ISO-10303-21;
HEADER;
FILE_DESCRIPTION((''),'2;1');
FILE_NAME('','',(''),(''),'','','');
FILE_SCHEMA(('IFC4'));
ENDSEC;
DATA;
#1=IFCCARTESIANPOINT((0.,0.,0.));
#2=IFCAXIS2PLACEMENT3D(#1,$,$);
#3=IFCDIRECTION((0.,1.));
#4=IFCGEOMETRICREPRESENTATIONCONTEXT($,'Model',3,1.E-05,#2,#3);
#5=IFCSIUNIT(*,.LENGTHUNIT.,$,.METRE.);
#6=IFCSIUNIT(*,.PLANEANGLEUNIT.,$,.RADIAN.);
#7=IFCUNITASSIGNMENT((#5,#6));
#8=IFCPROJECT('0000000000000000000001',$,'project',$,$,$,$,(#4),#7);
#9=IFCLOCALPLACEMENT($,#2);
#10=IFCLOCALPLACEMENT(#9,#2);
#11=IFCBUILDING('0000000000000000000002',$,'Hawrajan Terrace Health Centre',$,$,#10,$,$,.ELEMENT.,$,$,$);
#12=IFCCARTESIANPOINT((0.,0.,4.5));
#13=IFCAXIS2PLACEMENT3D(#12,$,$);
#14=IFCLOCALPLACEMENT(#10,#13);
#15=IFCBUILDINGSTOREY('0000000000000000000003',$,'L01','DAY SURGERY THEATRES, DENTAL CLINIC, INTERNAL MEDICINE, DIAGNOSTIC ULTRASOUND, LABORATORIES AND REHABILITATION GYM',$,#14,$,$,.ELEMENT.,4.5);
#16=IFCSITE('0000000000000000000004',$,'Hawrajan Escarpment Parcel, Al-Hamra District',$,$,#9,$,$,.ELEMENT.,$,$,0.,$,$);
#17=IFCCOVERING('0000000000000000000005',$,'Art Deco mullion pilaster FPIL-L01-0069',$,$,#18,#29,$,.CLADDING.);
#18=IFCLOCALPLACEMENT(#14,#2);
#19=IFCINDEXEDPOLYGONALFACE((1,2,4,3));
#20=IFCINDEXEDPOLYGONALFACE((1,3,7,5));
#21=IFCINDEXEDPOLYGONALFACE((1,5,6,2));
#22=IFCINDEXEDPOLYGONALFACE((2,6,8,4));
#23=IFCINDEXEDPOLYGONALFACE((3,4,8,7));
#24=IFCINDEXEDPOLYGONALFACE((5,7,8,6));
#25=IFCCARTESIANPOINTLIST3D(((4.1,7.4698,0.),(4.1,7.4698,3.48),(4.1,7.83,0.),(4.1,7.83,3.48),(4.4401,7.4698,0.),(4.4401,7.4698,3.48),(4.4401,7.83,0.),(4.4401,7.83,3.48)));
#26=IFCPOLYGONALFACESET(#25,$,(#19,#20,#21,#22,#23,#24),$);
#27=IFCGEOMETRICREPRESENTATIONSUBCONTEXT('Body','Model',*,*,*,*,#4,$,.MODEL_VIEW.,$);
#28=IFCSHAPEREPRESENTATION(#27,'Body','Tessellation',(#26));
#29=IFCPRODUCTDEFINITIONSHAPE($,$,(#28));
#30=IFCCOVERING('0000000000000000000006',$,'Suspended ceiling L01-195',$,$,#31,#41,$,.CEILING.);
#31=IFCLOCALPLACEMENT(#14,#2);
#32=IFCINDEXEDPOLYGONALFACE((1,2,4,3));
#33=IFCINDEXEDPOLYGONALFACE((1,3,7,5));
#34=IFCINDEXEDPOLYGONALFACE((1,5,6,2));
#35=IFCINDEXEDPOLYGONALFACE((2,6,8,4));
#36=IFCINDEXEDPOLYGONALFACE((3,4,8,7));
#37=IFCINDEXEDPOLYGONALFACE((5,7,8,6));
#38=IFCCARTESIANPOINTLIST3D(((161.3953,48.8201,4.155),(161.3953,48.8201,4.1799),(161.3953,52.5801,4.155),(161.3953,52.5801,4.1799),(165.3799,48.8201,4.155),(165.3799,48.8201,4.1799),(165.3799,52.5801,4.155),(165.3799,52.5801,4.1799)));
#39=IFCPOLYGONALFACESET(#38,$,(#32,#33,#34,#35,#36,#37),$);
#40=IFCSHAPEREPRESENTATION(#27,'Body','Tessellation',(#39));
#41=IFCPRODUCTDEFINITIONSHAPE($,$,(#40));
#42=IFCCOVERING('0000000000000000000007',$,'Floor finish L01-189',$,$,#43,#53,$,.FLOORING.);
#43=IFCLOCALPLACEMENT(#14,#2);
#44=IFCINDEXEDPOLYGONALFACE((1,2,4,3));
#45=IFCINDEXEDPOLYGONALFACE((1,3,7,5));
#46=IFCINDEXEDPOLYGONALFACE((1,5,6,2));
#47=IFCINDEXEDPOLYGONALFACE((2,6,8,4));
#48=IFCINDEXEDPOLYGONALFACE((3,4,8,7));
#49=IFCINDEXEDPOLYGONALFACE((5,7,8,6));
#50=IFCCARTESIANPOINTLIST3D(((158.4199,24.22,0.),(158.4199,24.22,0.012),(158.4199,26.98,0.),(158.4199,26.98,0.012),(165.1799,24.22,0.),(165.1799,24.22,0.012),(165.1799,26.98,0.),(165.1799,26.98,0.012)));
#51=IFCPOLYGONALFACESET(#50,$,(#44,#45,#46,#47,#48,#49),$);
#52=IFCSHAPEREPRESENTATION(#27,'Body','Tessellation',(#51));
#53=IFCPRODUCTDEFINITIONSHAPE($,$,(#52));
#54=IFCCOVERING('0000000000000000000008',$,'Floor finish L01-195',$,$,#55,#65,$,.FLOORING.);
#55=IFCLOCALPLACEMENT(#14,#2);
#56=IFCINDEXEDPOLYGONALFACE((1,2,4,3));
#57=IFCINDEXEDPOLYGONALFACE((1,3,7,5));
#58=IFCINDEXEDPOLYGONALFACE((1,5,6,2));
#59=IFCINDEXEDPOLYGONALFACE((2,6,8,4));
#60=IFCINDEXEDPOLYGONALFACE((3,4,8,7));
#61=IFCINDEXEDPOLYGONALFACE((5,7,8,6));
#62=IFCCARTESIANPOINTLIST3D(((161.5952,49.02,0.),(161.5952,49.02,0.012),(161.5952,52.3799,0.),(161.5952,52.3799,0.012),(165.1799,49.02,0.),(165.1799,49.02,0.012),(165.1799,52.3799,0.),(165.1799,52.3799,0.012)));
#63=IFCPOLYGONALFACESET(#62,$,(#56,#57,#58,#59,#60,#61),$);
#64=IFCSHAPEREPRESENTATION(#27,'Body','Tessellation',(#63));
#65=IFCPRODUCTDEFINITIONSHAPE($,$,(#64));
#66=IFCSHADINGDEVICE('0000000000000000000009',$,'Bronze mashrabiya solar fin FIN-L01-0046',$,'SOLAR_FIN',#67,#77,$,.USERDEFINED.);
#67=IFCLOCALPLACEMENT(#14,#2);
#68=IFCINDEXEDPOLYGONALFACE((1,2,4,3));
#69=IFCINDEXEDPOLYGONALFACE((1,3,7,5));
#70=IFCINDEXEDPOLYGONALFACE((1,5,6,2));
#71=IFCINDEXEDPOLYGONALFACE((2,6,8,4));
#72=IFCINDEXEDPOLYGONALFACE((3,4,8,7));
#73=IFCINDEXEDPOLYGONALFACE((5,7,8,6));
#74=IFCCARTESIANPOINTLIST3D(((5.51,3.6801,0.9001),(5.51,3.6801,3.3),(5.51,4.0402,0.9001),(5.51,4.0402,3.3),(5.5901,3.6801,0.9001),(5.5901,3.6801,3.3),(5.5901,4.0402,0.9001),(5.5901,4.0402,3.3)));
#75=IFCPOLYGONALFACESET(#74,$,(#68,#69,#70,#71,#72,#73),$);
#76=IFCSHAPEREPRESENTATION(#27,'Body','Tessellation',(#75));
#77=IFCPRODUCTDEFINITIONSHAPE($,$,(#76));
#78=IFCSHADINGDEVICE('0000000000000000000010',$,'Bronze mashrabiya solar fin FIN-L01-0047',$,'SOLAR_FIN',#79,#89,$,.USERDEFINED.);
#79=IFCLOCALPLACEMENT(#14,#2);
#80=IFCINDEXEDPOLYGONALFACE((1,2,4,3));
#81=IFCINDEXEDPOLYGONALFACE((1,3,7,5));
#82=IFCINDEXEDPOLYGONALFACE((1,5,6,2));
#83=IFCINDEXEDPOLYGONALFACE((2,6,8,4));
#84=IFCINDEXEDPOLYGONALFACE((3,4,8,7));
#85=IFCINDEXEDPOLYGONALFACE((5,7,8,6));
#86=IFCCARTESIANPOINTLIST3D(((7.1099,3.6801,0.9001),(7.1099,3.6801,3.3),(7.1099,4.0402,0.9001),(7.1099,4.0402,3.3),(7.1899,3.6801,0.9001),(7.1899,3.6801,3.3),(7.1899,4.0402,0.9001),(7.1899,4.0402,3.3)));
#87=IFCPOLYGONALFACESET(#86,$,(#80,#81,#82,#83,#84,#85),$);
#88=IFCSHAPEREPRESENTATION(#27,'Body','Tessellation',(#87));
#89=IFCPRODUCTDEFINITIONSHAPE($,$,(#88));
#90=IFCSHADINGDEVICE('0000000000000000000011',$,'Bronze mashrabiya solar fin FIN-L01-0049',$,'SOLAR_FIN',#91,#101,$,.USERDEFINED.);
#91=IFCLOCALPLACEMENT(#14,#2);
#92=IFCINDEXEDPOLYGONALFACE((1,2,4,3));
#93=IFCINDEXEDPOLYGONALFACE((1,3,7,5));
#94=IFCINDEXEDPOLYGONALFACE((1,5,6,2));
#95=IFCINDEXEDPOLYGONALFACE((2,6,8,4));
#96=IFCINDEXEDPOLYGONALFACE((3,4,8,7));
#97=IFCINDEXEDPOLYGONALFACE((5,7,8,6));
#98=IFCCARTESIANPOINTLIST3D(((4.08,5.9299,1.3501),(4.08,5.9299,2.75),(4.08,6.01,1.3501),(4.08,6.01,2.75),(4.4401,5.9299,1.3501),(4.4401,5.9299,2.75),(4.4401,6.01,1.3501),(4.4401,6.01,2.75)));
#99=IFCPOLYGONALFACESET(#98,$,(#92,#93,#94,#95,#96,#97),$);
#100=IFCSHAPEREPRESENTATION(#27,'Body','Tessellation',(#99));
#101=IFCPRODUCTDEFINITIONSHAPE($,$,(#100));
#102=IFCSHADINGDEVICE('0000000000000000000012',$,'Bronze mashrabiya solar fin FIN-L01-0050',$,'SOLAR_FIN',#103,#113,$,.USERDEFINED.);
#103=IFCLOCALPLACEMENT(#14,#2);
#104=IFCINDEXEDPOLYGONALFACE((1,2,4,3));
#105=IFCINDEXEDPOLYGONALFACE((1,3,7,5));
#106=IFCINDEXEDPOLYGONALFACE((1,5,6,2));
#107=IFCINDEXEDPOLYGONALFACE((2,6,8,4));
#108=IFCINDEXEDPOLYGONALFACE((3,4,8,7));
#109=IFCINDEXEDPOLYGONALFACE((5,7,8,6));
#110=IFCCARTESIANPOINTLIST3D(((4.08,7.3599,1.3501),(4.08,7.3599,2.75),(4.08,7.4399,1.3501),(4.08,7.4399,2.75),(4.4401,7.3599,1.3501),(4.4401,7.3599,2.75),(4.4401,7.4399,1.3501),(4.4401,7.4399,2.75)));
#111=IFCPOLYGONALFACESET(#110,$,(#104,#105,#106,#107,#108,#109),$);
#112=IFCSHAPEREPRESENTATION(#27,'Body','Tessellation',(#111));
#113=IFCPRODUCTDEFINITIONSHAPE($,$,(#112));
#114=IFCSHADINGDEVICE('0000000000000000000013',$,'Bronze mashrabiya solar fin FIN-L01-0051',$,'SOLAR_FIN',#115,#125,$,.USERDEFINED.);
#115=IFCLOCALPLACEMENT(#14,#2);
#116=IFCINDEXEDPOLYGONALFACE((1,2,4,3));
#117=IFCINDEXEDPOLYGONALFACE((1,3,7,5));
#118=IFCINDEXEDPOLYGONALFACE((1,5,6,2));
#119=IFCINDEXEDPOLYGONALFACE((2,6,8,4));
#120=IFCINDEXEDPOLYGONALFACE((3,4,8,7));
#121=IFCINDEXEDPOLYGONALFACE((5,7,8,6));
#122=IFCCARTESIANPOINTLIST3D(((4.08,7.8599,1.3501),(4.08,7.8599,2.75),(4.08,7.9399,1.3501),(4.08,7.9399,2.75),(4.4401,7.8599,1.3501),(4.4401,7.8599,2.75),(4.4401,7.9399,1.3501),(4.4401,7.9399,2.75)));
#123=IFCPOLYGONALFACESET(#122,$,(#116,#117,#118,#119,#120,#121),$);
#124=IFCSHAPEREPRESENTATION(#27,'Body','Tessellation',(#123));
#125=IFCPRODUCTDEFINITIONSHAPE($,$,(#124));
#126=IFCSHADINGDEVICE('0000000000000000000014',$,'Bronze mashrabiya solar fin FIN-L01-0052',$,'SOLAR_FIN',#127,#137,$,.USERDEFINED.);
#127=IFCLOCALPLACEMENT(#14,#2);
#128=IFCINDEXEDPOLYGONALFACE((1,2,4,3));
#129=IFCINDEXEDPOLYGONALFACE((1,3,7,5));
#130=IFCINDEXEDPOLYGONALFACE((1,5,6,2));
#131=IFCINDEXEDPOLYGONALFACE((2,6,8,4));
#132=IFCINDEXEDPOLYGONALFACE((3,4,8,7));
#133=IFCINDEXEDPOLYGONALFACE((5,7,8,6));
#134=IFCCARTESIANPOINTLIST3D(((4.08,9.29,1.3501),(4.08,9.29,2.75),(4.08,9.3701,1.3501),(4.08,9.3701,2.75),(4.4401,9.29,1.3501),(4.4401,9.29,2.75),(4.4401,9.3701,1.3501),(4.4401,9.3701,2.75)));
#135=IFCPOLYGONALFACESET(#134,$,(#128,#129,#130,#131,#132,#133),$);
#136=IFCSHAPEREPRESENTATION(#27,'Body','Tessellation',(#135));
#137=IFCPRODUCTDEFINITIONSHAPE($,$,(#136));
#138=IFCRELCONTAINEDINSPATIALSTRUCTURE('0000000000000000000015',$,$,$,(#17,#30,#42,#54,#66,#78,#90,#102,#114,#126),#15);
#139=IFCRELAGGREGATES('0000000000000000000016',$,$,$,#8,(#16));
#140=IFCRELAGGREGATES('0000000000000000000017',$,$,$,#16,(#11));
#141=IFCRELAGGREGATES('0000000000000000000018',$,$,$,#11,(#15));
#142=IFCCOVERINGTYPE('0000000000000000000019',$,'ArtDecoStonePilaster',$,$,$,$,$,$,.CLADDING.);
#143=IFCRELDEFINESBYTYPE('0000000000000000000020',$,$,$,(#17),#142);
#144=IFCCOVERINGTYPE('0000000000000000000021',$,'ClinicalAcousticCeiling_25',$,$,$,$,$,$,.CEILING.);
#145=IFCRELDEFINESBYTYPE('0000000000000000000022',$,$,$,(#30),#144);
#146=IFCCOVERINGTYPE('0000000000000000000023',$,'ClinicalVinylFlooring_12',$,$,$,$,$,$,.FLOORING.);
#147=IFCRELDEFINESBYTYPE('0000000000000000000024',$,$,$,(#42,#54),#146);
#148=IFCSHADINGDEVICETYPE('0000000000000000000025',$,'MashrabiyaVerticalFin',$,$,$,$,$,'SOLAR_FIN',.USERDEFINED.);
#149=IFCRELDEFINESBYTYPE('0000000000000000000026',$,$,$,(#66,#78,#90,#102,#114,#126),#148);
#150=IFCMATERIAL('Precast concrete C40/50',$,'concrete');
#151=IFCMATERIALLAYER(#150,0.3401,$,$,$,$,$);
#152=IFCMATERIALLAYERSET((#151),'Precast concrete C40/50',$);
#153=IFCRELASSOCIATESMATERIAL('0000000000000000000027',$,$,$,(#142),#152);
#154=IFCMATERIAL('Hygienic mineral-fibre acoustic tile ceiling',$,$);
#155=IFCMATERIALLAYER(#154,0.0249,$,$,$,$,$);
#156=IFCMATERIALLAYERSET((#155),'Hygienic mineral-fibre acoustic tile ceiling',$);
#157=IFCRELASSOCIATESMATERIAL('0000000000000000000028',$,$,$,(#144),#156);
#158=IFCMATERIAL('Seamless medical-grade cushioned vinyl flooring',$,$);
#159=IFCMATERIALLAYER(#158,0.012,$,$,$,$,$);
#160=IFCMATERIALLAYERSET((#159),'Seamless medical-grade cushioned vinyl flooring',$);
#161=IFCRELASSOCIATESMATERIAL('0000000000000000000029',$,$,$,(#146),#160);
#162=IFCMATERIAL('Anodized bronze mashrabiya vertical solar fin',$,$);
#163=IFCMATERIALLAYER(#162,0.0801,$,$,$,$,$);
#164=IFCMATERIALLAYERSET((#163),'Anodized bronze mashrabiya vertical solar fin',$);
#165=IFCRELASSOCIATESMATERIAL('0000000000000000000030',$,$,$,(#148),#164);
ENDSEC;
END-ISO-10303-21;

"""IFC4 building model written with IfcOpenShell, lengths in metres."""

from ifc_helpers import new_model, si_unit, direction, frame, origin, origin_2d, place, context, subcontext, project, spatial, polyline, rectangle, outline, extrude, material, layer, layer_set, type_object, element, save


model = new_model("IFC4")

# Units and contexts
model_context = context("Model", 3, precision=1e-05, world=origin(), true_north=direction((0.0, 1.0)))
body_context = subcontext(model_context, "Body", "Model", "MODEL_VIEW")
ifc_project = project(units=[si_unit("LENGTHUNIT", "METRE"), si_unit("PLANEANGLEUNIT", "RADIAN")], contexts=[model_context])

# Site, building, storey
site_placement = place(None, origin())
site = spatial("IfcSite", under=ifc_project, at=site_placement, Name="Hawrajan Escarpment Parcel, Al-Hamra District", CompositionType="ELEMENT", RefElevation=0.0)
building_placement = place(site_placement, origin())
building = spatial("IfcBuilding", under=site, at=building_placement, Name="Hawrajan Terrace Health Centre", CompositionType="ELEMENT")
storey_placement = place(building_placement, frame((0.0, 0.0, 4.5)))
storey = spatial("IfcBuildingStorey", under=building, at=storey_placement, Name="L01", Description="DAY SURGERY THEATRES, DENTAL CLINIC, INTERNAL MEDICINE, DIAGNOSTIC ULTRASOUND, LABORATORIES AND REHABILITATION GYM", CompositionType="ELEMENT", Elevation=4.5)

# Shared definitions
ifc_material_1 = material(Name="Precast concrete C40/50", Category="concrete")

# Coverings
ifc_layer_1 = layer(ifc_material_1, 0.3401)
ifc_layer_set_1 = layer_set([ifc_layer_1], Name="Precast concrete C40/50")
covering_type_1 = type_object("IfcCoveringType", Name="ArtDecoStonePilaster", PredefinedType="CLADDING", material=ifc_layer_set_1)
covering_1_placement = place(storey_placement, frame((4.27, 7.6499, 0.0), z_axis=(0.0, 0.0, 1.0), x_axis=(0.0, 1.0, 0.0)))
element("IfcCovering", 1, at=covering_1_placement, inside=storey, type_object=covering_type_1, Name="Art Deco mullion pilaster FPIL-L01-0069", PredefinedType="CLADDING", context=body_context, shape_type="SweptSolid", body=[
    extrude(rectangle(XDim=0.3601, YDim=0.3401, at=origin_2d()), origin(), (0.0, 0.0, 1.0), 3.48),
])
ifc_material_2 = material(Name="Hygienic mineral-fibre acoustic tile ceiling")
ifc_layer_2 = layer(ifc_material_2, 0.0249)
ifc_layer_set_2 = layer_set([ifc_layer_2], Name="Hygienic mineral-fibre acoustic tile ceiling")
covering_type_2 = type_object("IfcCoveringType", Name="ClinicalAcousticCeiling_25", PredefinedType="CEILING", material=ifc_layer_set_2)
covering_2_placement = place(storey_placement, frame((0.0, 0.0, 4.155)))
element("IfcCovering", 2, at=covering_2_placement, inside=storey, type_object=covering_type_2, Name="Suspended ceiling L01-195", PredefinedType="CEILING", context=body_context, shape_type="SweptSolid", body=[
    extrude(outline(polyline([(161.3953, 52.5801), (165.3799, 52.5801), (165.3799, 48.8201), (161.3953, 48.8201), (161.3953, 52.5801)])), origin(), (0.0, 0.0, 1.0), 0.0249),
])
ifc_material_3 = material(Name="Seamless medical-grade cushioned vinyl flooring")
ifc_layer_3 = layer(ifc_material_3, 0.012)
ifc_layer_set_3 = layer_set([ifc_layer_3], Name="Seamless medical-grade cushioned vinyl flooring")
covering_type_3 = type_object("IfcCoveringType", Name="ClinicalVinylFlooring_12", PredefinedType="FLOORING", material=ifc_layer_set_3)
covering_3_placement = place(storey_placement, origin())
element("IfcCovering", 3, at=covering_3_placement, inside=storey, type_object=covering_type_3, Name="Floor finish L01-189", PredefinedType="FLOORING", context=body_context, shape_type="SweptSolid", body=[
    extrude(outline(polyline([(158.4199, 26.98), (165.1799, 26.98), (165.1799, 24.22), (158.4199, 24.22), (158.4199, 26.98)])), origin(), (0.0, 0.0, 1.0), 0.012),
])
covering_4_placement = place(storey_placement, origin())
element("IfcCovering", 4, at=covering_4_placement, inside=storey, type_object=covering_type_3, Name="Floor finish L01-195", PredefinedType="FLOORING", context=body_context, shape_type="SweptSolid", body=[
    extrude(outline(polyline([(161.5952, 52.3799), (165.1799, 52.3799), (165.1799, 49.02), (161.5952, 49.02), (161.5952, 52.3799)])), origin(), (0.0, 0.0, 1.0), 0.012),
])

# Shading devices
ifc_material_4 = material(Name="Anodized bronze mashrabiya vertical solar fin")
ifc_layer_4 = layer(ifc_material_4, 0.0801)
ifc_layer_set_4 = layer_set([ifc_layer_4], Name="Anodized bronze mashrabiya vertical solar fin")
shading_device_type = type_object("IfcShadingDeviceType", Name="MashrabiyaVerticalFin", ElementType="SOLAR_FIN", PredefinedType="USERDEFINED", material=ifc_layer_set_4)
for number, where, z_axis, x_axis, name in (
    (5, (5.55, 3.8601, 0.9001), (0.0, 0.0, 1.0), (1.0, 0.0, 0.0), "Bronze mashrabiya solar fin FIN-L01-0046"),
    (6, (7.1499, 3.8601, 0.9001), (0.0, 0.0, 1.0), (1.0, 0.0, 0.0), "Bronze mashrabiya solar fin FIN-L01-0047"),
):
    element("IfcShadingDevice", number, at=place(storey_placement, frame(where, z_axis=z_axis, x_axis=x_axis)), inside=storey, type_object=shading_device_type, Name=name, ObjectType="SOLAR_FIN", PredefinedType="USERDEFINED", context=body_context, shape_type="SweptSolid", body=[
        extrude(rectangle(XDim=0.0801, YDim=0.3601, at=origin_2d()), origin(), (0.0, 0.0, 1.0), 2.3999),
    ])
for number, where, z_axis, x_axis, name in (
    (7, (4.26, 5.97, 1.3501), (0.0, 0.0, 1.0), (0.0, 1.0, 0.0), "Bronze mashrabiya solar fin FIN-L01-0049"),
    (8, (4.26, 7.3999, 1.3501), (0.0, 0.0, 1.0), (0.0, 1.0, 0.0), "Bronze mashrabiya solar fin FIN-L01-0050"),
    (9, (4.26, 7.8999, 1.3501), (0.0, 0.0, 1.0), (0.0, 1.0, 0.0), "Bronze mashrabiya solar fin FIN-L01-0051"),
    (10, (4.26, 9.3301, 1.3501), (0.0, 0.0, 1.0), (0.0, 1.0, 0.0), "Bronze mashrabiya solar fin FIN-L01-0052"),
):
    element("IfcShadingDevice", number, at=place(storey_placement, frame(where, z_axis=z_axis, x_axis=x_axis)), inside=storey, type_object=shading_device_type, Name=name, ObjectType="SOLAR_FIN", PredefinedType="USERDEFINED", context=body_context, shape_type="SweptSolid", body=[
        extrude(rectangle(XDim=0.0801, YDim=0.3601, at=origin_2d()), origin(), (0.0, 0.0, 1.0), 1.3999),
    ])

save(model, "model.ifc")
